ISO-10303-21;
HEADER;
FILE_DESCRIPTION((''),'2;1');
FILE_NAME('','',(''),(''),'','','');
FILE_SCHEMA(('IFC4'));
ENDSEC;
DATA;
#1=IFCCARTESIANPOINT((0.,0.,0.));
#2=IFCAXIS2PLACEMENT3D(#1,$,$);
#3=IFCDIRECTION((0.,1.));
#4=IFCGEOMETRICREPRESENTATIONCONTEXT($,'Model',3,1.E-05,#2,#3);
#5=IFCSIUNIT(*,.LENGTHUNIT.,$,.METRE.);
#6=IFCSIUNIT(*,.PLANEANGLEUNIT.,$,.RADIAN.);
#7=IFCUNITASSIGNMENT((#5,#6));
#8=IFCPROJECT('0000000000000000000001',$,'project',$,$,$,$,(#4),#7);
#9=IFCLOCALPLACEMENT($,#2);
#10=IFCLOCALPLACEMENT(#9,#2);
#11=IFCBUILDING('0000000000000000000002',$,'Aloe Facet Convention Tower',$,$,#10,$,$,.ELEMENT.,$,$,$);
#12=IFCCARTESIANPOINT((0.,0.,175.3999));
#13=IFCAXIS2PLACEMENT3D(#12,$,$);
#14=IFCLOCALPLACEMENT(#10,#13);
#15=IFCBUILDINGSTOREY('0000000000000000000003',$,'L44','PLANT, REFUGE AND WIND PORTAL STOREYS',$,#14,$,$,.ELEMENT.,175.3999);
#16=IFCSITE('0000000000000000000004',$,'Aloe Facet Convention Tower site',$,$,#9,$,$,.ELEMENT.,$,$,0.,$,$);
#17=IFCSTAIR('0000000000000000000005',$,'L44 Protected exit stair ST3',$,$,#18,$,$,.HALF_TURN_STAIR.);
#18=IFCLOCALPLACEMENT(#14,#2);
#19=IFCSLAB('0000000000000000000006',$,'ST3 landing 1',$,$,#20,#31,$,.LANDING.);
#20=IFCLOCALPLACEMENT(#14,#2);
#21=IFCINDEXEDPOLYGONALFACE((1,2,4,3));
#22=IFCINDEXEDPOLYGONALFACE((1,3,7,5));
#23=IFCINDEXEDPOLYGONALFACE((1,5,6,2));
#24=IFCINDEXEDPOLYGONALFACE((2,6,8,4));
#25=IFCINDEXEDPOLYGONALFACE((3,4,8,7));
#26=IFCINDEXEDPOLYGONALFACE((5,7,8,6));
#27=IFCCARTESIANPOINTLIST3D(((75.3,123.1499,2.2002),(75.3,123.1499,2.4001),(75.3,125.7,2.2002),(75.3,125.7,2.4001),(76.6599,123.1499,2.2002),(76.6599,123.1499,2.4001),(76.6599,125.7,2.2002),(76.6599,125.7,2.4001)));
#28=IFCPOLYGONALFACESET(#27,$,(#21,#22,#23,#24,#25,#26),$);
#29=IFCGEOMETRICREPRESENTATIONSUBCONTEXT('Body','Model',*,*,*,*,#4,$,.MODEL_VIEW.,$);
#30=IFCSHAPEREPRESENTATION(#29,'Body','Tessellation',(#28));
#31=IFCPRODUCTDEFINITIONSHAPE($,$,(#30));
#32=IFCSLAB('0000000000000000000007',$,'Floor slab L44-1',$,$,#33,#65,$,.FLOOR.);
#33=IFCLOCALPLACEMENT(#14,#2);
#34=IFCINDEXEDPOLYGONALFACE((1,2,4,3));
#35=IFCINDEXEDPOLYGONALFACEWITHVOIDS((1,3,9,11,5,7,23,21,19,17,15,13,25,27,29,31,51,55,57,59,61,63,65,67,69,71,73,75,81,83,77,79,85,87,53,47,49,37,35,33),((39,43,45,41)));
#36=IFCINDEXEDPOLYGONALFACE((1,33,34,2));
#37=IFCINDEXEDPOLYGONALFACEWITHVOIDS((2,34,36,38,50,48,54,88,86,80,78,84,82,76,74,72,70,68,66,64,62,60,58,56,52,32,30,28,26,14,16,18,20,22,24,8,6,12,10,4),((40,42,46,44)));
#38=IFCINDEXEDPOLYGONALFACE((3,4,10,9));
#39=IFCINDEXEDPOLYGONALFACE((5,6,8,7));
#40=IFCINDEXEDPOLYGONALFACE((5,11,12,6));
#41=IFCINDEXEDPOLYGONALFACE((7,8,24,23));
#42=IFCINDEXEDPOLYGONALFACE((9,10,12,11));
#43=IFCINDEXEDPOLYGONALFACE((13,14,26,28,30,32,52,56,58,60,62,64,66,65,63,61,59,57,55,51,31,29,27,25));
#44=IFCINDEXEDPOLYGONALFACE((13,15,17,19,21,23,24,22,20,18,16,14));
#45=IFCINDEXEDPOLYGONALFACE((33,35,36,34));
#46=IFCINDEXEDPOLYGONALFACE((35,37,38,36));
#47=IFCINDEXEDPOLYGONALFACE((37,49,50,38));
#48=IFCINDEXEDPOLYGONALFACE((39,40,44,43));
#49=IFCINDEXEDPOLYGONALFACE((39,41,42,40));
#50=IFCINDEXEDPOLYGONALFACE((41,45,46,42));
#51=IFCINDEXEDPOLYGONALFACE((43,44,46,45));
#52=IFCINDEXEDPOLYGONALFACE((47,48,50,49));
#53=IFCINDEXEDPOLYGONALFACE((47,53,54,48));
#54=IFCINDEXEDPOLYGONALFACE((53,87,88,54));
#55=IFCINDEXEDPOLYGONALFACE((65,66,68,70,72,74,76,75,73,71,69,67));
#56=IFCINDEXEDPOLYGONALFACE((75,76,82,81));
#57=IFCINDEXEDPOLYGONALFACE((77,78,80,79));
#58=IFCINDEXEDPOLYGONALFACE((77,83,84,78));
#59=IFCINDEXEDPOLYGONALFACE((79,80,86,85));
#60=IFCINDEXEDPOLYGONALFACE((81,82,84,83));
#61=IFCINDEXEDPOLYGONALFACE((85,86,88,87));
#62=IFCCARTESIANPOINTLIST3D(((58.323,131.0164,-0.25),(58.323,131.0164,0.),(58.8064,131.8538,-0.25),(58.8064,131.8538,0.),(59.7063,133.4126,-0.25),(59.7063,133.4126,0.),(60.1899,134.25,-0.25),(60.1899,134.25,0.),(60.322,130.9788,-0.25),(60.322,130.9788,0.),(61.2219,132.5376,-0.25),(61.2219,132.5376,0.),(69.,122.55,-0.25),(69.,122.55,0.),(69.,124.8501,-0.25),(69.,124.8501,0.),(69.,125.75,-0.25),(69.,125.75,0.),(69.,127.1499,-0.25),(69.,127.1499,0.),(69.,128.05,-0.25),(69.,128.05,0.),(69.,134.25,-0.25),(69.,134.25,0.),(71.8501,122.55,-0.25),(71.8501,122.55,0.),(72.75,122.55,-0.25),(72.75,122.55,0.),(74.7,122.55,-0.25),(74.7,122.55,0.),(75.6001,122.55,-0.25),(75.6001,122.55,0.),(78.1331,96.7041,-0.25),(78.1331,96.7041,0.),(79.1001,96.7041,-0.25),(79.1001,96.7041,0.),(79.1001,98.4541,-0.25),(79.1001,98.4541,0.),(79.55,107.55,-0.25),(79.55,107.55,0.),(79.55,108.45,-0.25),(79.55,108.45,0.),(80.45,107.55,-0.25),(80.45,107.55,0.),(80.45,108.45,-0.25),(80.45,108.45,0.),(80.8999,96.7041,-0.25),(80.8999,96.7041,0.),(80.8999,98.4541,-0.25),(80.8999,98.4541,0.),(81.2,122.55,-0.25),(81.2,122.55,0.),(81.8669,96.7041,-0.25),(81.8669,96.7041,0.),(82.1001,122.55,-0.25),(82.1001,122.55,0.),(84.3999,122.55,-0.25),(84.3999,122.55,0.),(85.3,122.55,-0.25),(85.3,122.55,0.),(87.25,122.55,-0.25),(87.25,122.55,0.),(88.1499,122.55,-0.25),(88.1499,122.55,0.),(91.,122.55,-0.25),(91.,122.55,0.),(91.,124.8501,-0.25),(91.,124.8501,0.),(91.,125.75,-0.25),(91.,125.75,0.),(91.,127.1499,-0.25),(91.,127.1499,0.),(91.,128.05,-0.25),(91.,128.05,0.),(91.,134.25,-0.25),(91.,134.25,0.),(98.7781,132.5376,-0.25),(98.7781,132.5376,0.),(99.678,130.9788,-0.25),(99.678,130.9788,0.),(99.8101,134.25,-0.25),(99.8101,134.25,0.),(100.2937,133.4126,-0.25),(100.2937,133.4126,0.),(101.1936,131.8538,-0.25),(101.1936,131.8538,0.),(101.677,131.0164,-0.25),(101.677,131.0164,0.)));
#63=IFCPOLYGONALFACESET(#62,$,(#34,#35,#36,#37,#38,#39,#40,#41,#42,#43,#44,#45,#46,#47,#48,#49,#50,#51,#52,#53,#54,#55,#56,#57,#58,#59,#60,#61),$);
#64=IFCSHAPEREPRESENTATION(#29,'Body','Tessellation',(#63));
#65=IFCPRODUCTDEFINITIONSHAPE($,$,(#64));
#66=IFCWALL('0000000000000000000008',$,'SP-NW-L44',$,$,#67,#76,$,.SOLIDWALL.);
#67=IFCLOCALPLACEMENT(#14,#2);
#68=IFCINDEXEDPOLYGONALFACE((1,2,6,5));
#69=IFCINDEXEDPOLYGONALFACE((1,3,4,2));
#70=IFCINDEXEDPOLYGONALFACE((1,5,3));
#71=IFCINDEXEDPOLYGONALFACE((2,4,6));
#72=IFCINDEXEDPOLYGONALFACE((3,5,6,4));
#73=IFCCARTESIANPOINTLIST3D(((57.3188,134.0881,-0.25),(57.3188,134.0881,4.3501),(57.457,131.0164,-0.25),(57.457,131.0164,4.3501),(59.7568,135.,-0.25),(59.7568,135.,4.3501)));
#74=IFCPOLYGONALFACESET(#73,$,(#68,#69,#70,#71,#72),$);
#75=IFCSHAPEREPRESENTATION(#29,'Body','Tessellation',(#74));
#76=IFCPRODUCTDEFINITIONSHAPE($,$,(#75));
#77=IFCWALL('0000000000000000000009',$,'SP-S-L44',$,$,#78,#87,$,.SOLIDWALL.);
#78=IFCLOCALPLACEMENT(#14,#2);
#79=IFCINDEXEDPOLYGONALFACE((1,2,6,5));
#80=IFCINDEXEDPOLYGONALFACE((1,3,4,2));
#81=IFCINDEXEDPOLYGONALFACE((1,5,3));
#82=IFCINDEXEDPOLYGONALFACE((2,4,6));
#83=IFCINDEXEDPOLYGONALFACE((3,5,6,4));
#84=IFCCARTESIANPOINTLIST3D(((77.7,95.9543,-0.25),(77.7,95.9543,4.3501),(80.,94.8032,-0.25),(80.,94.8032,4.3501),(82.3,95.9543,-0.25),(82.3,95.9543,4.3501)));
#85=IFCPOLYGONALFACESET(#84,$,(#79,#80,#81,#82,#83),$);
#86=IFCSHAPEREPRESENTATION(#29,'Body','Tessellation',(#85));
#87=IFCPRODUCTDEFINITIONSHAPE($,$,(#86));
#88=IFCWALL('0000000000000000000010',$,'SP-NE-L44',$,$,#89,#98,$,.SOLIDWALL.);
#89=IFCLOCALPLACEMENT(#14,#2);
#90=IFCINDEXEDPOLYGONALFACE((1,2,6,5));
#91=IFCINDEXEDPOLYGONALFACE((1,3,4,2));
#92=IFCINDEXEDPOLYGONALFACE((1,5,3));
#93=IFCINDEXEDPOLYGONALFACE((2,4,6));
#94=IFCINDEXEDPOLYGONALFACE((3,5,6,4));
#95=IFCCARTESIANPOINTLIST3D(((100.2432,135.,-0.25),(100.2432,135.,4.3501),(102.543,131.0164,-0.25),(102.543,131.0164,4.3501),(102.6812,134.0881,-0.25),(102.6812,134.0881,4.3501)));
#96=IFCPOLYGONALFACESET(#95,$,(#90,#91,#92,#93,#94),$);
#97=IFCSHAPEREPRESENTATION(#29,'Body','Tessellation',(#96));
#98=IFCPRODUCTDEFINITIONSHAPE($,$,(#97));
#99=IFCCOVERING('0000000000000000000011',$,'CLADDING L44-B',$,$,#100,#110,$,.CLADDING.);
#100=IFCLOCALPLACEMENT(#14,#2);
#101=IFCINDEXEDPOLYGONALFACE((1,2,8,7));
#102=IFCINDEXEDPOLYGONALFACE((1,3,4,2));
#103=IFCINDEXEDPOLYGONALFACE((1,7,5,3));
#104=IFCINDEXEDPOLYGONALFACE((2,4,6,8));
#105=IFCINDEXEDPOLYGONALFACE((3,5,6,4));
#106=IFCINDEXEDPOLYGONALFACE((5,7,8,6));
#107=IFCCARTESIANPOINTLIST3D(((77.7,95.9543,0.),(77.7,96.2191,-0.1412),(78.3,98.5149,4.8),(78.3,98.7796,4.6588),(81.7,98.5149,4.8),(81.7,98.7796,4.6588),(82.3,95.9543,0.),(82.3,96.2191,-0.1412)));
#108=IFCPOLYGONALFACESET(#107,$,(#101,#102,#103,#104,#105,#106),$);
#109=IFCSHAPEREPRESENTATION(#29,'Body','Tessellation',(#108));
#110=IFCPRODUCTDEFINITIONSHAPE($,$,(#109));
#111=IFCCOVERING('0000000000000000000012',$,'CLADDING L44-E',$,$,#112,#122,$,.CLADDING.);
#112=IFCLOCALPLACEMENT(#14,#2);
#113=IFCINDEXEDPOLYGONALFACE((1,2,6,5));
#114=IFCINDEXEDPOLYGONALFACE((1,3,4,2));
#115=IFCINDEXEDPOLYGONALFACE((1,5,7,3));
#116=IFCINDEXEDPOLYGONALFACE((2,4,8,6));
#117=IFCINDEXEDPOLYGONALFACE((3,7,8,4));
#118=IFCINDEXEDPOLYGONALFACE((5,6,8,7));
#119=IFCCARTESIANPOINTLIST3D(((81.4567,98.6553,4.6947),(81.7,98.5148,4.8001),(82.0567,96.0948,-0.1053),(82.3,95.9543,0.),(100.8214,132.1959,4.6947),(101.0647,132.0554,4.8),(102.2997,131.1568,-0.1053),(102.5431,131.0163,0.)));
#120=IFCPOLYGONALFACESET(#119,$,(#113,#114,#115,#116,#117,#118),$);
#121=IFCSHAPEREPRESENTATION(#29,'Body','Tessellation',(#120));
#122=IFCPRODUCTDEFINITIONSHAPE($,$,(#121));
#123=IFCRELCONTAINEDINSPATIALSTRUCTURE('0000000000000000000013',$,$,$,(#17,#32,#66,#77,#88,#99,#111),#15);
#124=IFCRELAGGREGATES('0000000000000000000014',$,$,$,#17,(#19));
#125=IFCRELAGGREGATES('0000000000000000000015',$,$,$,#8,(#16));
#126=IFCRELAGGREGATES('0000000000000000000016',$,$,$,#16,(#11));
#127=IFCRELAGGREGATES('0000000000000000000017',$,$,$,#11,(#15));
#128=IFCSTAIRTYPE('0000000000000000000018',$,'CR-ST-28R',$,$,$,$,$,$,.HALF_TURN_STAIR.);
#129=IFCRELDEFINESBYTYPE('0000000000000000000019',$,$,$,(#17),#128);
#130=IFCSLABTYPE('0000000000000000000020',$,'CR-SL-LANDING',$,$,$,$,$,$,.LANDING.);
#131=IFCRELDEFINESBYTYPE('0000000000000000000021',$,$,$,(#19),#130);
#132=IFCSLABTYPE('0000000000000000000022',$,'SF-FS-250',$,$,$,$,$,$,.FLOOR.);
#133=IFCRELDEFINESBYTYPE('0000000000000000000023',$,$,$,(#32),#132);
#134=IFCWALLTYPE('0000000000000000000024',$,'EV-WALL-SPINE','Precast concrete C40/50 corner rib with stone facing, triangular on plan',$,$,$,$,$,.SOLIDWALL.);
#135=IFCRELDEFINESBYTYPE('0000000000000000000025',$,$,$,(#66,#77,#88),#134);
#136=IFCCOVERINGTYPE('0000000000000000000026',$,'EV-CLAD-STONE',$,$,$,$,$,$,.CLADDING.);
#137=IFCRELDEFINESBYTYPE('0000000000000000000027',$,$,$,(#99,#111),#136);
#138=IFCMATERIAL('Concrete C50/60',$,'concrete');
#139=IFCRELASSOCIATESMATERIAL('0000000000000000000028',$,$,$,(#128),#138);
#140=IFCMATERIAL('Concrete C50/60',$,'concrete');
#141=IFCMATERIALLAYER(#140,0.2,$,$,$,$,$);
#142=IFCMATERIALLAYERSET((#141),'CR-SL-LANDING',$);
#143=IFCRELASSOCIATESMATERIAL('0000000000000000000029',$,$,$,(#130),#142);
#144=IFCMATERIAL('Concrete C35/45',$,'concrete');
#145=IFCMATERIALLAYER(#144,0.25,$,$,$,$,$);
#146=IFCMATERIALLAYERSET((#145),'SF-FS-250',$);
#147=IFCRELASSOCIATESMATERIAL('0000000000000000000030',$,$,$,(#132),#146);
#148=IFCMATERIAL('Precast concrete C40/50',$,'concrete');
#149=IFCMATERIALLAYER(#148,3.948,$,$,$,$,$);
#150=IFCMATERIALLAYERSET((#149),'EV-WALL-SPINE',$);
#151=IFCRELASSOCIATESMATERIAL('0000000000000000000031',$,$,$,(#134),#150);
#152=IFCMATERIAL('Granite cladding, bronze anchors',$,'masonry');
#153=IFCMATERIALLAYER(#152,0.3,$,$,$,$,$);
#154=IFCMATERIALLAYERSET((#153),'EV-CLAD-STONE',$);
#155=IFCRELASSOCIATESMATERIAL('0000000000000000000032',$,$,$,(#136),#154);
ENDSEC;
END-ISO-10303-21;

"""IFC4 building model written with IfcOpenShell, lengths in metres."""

from ifc_helpers import new_model, si_unit, direction, frame, origin, place, context, subcontext, project, spatial, polyline, outline, extrude, material, layer, layer_set, type_object, element, aggregate, save


model = new_model("IFC4")

# Units and contexts
model_context = context("Model", 3, precision=1e-05, world=origin(), true_north=direction((0.0, 1.0)))
body_context = subcontext(model_context, "Body", "Model", "MODEL_VIEW")
ifc_project = project(units=[si_unit("LENGTHUNIT", "METRE"), si_unit("PLANEANGLEUNIT", "RADIAN")], contexts=[model_context])

# Site, building, storey
site_placement = place(None, origin())
site = spatial("IfcSite", under=ifc_project, at=site_placement, Name="Aloe Facet Convention Tower site", CompositionType="ELEMENT", RefElevation=0.0)
building_placement = place(site_placement, origin())
building = spatial("IfcBuilding", under=site, at=building_placement, Name="Aloe Facet Convention Tower", CompositionType="ELEMENT")
storey_placement = place(building_placement, frame((0.0, 0.0, 175.3999)))
storey = spatial("IfcBuildingStorey", under=building, at=storey_placement, Name="L44", Description="PLANT, REFUGE AND WIND PORTAL STOREYS", CompositionType="ELEMENT", Elevation=175.3999)

# Stair, slab
ifc_material_1 = material(Name="Concrete C50/60", Category="concrete")
stair_type = type_object("IfcStairType", Name="CR-ST-28R", PredefinedType="HALF_TURN_STAIR", material=ifc_material_1)
ifc_material_2 = material(Name="Concrete C50/60", Category="concrete")
ifc_layer_1 = layer(ifc_material_2, 0.2)
ifc_layer_set_1 = layer_set([ifc_layer_1], Name="CR-SL-LANDING")
slab_type_1 = type_object("IfcSlabType", Name="CR-SL-LANDING", PredefinedType="LANDING", material=ifc_layer_set_1)
stair_1_placement = place(storey_placement, origin())
stair_1 = element("IfcStair", 1, at=stair_1_placement, inside=storey, type_object=stair_type, Name="L44 Protected exit stair ST3", PredefinedType="HALF_TURN_STAIR")
slab_1_placement = place(storey_placement, frame((0.0, 0.0, 2.2002)))
slab_1 = element("IfcSlab", 2, at=slab_1_placement, type_object=slab_type_1, Name="ST3 landing 1", PredefinedType="LANDING", context=body_context, shape_type="SweptSolid", body=[
    extrude(outline(polyline([(76.6599, 125.7), (75.3, 125.7), (75.3, 123.1499), (76.6599, 123.1499), (76.6599, 125.7)])), origin(), (0.0, 0.0, 1.0), 0.2),
])
aggregate(stair_1, [slab_1])

# Slab
ifc_material_3 = material(Name="Concrete C35/45", Category="concrete")
ifc_layer_2 = layer(ifc_material_3, 0.25)
ifc_layer_set_2 = layer_set([ifc_layer_2], Name="SF-FS-250")
slab_type_2 = type_object("IfcSlabType", Name="SF-FS-250", PredefinedType="FLOOR", material=ifc_layer_set_2)
slab_2_placement = place(storey_placement, frame((0.0, 0.0, -0.25)))
element("IfcSlab", 3, at=slab_2_placement, inside=storey, type_object=slab_type_2, Name="Floor slab L44-1", PredefinedType="FLOOR", context=body_context, shape_type="SweptSolid", body=[
    extrude(outline(polyline([(100.2937, 133.4126), (98.7781, 132.5376), (99.678, 130.9788), (101.1936, 131.8538), (101.677, 131.0164), (81.8669, 96.7041), (80.8999, 96.7041), (80.8999, 98.4541), (79.1001, 98.4541), (79.1001, 96.7041), (78.1331, 96.7041), (58.323, 131.0164), (58.8064, 131.8538), (60.322, 130.9788), (61.2219, 132.5376), (59.7063, 133.4126), (60.1899, 134.25), (69.0, 134.25), (69.0, 128.05), (69.0, 127.1499), (69.0, 125.75), (69.0, 124.8501), (69.0, 122.55), (71.8501, 122.55), (72.75, 122.55), (74.7, 122.55), (75.6001, 122.55), (81.2, 122.55), (82.1001, 122.55), (84.3999, 122.55), (85.3, 122.55), (87.25, 122.55), (88.1499, 122.55), (91.0, 122.55), (91.0, 124.8501), (91.0, 125.75), (91.0, 127.1499), (91.0, 128.05), (91.0, 134.25), (99.8101, 134.25), (100.2937, 133.4126)]), holes=[polyline([(79.55, 107.55), (80.45, 107.55), (80.45, 108.45), (79.55, 108.45), (79.55, 107.55)])]), origin(), (0.0, 0.0, 1.0), 0.25),
])

# Walls
ifc_material_4 = material(Name="Precast concrete C40/50", Category="concrete")
ifc_layer_3 = layer(ifc_material_4, 3.948)
ifc_layer_set_3 = layer_set([ifc_layer_3], Name="EV-WALL-SPINE")
wall_type = type_object("IfcWallType", Name="EV-WALL-SPINE", Description="Precast concrete C40/50 corner rib with stone facing, triangular on plan", PredefinedType="SOLIDWALL", material=ifc_layer_set_3)
wall_1_placement = place(storey_placement, frame((0.0, 0.0, -0.25)))
element("IfcWall", 4, at=wall_1_placement, inside=storey, type_object=wall_type, Name="SP-NW-L44", PredefinedType="SOLIDWALL", context=body_context, shape_type="SweptSolid", body=[
    extrude(outline(polyline([(59.7568, 135.0), (57.3188, 134.0881), (57.457, 131.0164), (59.7568, 135.0)])), origin(), (0.0, 0.0, 1.0), 4.6001),
])
wall_2_placement = place(storey_placement, frame((0.0, 0.0, -0.25)))
element("IfcWall", 5, at=wall_2_placement, inside=storey, type_object=wall_type, Name="SP-S-L44", PredefinedType="SOLIDWALL", context=body_context, shape_type="SweptSolid", body=[
    extrude(outline(polyline([(77.7, 95.9543), (80.0, 94.8032), (82.3, 95.9543), (77.7, 95.9543)])), origin(), (0.0, 0.0, 1.0), 4.6001),
])
wall_3_placement = place(storey_placement, frame((0.0, 0.0, -0.25)))
element("IfcWall", 6, at=wall_3_placement, inside=storey, type_object=wall_type, Name="SP-NE-L44", PredefinedType="SOLIDWALL", context=body_context, shape_type="SweptSolid", body=[
    extrude(outline(polyline([(102.543, 131.0164), (102.6812, 134.0881), (100.2432, 135.0), (102.543, 131.0164)])), origin(), (0.0, 0.0, 1.0), 4.6001),
])

# Coverings
ifc_material_5 = material(Name="Granite cladding, bronze anchors", Category="masonry")
ifc_layer_4 = layer(ifc_material_5, 0.3)
ifc_layer_set_4 = layer_set([ifc_layer_4], Name="EV-CLAD-STONE")
covering_type = type_object("IfcCoveringType", Name="EV-CLAD-STONE", PredefinedType="CLADDING", material=ifc_layer_set_4)
covering_1_placement = place(storey_placement, frame((77.7, 95.9543, 0.0), z_axis=(0.0, -0.882313, 0.470663), x_axis=(1.0, 0.0, 0.0)))
element("IfcCovering", 7, at=covering_1_placement, inside=storey, type_object=covering_type, Name="CLADDING L44-B", PredefinedType="CLADDING", context=body_context, shape_type="SweptSolid", body=[
    extrude(outline(polyline([(0.0, 0.0), (4.6001, 0.0), (4.0, 5.4403), (0.6001, 5.4403), (0.0, 0.0)])), origin(), (0.0, 0.0, -1.0), 0.3),
])
covering_2_placement = place(storey_placement, frame((82.3, 95.9543, 0.0), z_axis=(0.810894, -0.468169, 0.351097), x_axis=(0.499999, 0.866026, 0.000001)))
element("IfcCovering", 8, at=covering_2_placement, inside=storey, type_object=covering_type, Name="CLADDING L44-E", PredefinedType="CLADDING", context=body_context, shape_type="SweptSolid", body=[
    extrude(outline(polyline([(0.0, 0.0), (40.4861, 0.0), (40.6468, 5.1264), (1.9175, 5.1264), (0.0, 0.0)])), origin(), (0.0, 0.0, -1.0), 0.3),
])

save(model, "model.ifc")
